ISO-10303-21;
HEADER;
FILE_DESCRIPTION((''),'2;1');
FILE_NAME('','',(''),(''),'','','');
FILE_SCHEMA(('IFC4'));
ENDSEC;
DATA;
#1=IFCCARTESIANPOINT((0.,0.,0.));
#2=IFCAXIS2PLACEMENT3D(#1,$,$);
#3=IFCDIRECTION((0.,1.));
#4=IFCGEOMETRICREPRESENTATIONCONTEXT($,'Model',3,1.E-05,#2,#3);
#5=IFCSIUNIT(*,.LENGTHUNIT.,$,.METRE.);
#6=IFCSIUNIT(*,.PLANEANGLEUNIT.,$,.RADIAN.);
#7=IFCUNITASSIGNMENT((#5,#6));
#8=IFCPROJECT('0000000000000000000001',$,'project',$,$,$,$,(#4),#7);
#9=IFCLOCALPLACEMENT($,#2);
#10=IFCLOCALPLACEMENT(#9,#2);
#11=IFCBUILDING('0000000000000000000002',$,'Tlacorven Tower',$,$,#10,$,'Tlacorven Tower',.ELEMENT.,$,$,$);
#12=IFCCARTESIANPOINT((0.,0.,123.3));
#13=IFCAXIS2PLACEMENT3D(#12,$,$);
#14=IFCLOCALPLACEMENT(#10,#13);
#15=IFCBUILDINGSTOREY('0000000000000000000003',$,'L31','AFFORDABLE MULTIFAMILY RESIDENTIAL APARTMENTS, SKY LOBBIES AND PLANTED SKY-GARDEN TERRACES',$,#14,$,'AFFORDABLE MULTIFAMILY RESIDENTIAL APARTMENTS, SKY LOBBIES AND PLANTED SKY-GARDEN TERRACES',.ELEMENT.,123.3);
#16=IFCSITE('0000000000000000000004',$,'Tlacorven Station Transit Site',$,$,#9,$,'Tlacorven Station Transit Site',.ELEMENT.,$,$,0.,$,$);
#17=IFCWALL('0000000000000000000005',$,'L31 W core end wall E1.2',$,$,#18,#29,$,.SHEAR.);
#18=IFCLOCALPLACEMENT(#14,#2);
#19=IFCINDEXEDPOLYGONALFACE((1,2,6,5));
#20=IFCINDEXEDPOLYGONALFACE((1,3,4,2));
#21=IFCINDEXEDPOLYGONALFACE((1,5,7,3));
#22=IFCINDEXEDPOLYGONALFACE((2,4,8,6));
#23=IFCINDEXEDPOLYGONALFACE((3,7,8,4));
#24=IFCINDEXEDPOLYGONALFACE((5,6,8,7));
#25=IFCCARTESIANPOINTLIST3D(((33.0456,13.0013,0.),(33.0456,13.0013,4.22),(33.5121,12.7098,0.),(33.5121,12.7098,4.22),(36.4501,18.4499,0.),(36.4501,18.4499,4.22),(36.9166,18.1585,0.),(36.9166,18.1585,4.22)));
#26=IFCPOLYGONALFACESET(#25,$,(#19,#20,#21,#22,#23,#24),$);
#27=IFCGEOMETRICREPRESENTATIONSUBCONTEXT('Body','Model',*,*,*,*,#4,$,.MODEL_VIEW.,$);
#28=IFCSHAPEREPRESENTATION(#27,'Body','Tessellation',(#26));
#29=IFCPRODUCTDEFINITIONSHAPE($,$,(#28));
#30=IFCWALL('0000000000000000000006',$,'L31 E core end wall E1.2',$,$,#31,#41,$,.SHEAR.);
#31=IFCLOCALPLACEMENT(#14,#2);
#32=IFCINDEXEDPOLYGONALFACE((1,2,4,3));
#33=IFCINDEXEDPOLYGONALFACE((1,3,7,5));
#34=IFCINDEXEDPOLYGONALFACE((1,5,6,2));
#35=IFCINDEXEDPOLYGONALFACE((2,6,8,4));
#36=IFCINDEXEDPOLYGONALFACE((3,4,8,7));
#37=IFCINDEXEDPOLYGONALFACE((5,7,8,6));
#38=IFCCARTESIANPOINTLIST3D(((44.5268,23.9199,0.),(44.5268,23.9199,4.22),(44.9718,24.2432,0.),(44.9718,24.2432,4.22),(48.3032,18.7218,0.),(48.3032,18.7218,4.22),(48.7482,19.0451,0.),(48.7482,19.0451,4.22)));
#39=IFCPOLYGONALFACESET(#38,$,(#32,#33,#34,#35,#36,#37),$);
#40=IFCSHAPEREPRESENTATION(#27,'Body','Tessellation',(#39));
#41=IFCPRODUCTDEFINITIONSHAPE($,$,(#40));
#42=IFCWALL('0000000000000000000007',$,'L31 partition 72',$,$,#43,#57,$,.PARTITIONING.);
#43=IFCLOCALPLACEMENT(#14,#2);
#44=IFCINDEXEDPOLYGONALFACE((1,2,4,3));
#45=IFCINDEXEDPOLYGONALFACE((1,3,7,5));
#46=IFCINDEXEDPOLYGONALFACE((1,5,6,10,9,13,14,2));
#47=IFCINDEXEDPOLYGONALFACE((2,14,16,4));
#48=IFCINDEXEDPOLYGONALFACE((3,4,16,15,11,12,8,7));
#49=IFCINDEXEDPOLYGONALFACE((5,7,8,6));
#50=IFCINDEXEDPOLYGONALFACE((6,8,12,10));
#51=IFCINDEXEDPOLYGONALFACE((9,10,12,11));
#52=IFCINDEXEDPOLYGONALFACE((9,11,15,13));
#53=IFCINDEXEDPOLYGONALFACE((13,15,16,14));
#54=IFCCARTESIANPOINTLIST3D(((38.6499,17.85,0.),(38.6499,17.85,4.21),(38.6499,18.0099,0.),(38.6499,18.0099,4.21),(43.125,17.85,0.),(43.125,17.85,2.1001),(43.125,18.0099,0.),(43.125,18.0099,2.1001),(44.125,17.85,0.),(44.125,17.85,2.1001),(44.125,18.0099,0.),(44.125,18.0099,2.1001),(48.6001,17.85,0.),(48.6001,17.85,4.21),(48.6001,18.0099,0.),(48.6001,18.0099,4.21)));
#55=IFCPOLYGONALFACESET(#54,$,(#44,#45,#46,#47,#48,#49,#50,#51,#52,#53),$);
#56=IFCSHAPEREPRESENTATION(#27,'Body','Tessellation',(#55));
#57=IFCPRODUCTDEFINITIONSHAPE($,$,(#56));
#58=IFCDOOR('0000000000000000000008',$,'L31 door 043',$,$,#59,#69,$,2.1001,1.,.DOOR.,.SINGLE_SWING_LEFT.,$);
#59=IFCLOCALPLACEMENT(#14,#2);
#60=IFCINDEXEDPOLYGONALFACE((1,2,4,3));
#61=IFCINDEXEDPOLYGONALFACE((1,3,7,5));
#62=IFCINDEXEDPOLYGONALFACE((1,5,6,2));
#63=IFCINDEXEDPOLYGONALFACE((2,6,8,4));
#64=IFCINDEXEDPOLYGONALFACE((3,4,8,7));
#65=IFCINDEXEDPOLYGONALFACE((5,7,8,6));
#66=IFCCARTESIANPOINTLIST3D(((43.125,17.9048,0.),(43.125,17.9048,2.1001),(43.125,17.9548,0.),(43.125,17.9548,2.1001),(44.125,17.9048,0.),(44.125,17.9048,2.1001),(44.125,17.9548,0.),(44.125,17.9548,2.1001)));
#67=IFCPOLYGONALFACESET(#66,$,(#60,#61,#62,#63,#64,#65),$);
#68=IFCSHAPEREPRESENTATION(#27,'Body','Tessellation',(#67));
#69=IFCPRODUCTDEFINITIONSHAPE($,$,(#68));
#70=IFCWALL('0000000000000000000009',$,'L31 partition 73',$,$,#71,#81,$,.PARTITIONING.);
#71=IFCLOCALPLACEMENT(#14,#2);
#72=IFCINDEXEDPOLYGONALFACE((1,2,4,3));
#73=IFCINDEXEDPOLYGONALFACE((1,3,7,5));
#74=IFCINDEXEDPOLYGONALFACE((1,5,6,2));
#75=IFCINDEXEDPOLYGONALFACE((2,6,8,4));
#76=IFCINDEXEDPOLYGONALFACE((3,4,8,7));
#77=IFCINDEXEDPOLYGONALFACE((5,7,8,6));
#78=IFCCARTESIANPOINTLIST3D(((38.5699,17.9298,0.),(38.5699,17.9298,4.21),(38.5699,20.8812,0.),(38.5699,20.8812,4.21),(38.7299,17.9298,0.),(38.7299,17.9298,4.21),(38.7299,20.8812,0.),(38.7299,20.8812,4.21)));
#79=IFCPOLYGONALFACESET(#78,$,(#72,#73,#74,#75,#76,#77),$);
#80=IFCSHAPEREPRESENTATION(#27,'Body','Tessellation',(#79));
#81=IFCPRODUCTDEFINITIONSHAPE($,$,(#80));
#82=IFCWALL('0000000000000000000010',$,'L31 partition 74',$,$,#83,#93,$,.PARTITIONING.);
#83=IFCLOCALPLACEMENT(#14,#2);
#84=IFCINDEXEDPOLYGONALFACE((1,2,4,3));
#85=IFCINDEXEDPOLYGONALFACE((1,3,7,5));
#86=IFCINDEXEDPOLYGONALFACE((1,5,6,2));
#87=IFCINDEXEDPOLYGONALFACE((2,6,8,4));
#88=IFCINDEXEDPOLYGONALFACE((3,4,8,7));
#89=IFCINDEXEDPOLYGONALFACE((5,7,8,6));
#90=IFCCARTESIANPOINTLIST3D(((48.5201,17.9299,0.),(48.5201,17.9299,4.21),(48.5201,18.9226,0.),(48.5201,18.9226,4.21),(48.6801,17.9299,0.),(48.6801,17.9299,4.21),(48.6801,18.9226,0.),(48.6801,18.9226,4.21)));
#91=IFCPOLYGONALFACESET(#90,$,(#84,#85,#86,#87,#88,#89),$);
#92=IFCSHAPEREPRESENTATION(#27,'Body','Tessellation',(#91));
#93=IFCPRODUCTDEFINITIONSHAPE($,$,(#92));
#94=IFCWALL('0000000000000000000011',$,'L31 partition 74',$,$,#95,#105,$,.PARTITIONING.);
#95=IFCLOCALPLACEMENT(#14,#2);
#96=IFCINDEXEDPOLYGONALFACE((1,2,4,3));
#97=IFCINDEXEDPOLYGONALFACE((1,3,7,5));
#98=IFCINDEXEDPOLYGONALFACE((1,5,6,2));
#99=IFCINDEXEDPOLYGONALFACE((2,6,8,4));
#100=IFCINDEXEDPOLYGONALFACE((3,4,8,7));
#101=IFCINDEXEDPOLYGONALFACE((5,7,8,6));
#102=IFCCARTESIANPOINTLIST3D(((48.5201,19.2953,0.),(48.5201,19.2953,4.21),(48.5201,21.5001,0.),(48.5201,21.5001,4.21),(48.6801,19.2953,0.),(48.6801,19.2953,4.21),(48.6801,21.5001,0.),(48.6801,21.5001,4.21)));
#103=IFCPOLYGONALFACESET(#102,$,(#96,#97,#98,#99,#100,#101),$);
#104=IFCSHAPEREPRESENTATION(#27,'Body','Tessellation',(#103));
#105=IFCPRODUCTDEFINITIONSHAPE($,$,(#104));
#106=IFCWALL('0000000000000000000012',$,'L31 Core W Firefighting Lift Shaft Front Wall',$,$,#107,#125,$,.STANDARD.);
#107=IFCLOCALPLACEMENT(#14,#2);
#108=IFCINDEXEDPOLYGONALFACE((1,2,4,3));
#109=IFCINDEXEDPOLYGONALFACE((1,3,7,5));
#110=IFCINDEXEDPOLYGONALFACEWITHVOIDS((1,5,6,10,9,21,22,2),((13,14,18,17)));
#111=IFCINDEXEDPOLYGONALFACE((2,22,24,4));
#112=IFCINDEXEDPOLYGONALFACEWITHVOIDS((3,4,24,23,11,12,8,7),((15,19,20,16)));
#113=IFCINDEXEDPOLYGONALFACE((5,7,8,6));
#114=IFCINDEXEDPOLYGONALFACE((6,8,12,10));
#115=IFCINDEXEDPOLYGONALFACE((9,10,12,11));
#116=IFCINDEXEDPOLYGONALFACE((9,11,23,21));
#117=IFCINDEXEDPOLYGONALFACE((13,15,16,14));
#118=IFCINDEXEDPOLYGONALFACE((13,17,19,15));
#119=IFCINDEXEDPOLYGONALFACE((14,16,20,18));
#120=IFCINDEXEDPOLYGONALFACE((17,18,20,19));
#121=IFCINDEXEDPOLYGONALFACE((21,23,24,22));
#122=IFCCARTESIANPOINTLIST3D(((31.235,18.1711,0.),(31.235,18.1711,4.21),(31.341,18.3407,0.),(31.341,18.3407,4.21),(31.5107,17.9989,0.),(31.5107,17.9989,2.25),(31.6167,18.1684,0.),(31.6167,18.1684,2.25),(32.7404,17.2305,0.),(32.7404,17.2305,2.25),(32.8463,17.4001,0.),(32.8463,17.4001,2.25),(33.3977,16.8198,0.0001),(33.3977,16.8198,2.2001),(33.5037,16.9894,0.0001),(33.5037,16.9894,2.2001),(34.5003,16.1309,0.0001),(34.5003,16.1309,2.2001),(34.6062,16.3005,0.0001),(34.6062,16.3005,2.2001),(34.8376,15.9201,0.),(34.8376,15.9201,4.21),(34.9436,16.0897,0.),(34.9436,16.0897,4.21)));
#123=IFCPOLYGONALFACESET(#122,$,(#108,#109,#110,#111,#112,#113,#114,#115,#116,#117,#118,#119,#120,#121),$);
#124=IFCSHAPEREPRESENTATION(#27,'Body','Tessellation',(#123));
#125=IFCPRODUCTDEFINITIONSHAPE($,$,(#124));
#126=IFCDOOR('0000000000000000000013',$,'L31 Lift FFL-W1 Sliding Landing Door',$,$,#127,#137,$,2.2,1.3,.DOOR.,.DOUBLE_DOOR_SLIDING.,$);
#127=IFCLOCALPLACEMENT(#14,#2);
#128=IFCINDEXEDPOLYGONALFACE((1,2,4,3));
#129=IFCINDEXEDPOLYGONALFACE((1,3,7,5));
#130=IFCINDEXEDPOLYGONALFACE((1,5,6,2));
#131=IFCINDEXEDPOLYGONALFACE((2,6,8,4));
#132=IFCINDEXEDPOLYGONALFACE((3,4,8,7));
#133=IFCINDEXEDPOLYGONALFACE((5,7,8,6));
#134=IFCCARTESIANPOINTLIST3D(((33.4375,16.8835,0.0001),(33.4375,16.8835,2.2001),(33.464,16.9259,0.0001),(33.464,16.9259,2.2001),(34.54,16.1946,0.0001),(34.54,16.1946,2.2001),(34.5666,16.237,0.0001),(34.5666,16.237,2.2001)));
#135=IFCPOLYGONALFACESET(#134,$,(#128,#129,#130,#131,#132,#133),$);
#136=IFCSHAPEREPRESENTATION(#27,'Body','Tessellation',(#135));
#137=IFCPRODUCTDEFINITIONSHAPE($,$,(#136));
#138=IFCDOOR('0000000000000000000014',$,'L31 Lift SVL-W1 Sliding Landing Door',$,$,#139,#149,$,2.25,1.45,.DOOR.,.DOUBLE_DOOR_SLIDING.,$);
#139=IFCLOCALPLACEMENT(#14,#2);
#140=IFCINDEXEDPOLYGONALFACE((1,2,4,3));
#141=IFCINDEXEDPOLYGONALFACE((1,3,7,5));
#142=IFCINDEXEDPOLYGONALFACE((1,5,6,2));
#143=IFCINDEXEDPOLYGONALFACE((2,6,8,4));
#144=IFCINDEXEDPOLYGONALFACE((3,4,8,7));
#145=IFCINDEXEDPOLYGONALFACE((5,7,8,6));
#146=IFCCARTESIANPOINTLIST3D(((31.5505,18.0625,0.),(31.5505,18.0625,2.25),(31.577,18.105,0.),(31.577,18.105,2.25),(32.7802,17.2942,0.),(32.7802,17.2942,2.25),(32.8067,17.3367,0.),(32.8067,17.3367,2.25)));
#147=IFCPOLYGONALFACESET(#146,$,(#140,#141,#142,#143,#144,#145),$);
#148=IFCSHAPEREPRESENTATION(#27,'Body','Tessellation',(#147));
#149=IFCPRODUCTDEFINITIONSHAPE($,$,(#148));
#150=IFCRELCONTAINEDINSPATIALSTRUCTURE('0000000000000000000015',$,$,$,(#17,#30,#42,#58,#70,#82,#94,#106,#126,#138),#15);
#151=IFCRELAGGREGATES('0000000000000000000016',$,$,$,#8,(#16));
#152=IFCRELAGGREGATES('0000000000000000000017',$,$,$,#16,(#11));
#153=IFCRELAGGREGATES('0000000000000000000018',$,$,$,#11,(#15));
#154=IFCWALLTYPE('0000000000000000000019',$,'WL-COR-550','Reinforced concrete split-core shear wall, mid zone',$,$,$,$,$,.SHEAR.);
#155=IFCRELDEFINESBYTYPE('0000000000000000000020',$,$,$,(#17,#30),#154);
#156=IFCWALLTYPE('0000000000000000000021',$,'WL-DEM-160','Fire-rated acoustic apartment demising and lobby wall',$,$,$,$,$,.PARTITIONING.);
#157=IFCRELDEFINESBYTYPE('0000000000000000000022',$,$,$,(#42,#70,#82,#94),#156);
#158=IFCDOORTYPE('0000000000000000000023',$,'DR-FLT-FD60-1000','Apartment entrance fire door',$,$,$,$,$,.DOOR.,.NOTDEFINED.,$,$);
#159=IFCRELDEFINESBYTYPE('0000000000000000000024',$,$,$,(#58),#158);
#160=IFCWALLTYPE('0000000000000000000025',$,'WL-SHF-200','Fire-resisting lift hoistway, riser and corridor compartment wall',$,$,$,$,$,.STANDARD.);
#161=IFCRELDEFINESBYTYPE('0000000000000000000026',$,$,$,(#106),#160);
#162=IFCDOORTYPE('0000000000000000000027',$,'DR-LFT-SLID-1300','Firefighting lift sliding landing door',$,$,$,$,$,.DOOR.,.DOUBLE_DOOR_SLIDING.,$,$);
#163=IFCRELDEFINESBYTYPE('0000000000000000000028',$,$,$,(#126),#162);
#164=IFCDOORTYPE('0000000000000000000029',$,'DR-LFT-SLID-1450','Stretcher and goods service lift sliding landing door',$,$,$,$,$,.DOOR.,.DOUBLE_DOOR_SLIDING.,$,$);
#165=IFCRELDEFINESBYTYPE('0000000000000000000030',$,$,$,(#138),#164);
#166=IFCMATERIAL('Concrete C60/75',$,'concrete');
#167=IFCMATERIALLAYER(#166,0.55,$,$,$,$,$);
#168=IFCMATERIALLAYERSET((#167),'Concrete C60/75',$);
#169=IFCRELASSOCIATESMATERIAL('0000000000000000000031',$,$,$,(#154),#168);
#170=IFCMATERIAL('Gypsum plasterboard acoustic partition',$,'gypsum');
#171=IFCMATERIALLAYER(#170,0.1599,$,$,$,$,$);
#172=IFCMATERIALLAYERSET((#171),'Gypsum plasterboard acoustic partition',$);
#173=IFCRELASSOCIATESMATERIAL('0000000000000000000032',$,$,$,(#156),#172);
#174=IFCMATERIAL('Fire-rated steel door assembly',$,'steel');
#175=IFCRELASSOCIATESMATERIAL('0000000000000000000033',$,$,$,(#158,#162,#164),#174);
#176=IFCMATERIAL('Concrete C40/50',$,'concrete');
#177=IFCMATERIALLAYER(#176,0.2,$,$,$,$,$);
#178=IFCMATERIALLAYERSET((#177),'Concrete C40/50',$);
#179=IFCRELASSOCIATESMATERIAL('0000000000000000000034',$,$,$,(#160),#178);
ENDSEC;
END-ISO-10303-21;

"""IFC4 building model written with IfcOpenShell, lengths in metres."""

from ifc_helpers import new_model, si_unit, direction, frame, frame_2d, origin, place, context, subcontext, project, spatial, rectangle, extrude, source, transform, mapped, material, layer, layer_set, type_object, element, fill, save


model = new_model("IFC4")

# Units and contexts
model_context = context("Model", 3, precision=1e-05, world=origin(), true_north=direction((0.0, 1.0)))
body_context = subcontext(model_context, "Body", "Model", "MODEL_VIEW")
ifc_project = project(units=[si_unit("LENGTHUNIT", "METRE"), si_unit("PLANEANGLEUNIT", "RADIAN")], contexts=[model_context])

# Site, building, storey
site_placement = place(None, origin())
site = spatial("IfcSite", under=ifc_project, at=site_placement, Name="Tlacorven Station Transit Site", LongName="Tlacorven Station Transit Site", CompositionType="ELEMENT", RefElevation=0.0)
building_placement = place(site_placement, origin())
building = spatial("IfcBuilding", under=site, at=building_placement, Name="Tlacorven Tower", LongName="Tlacorven Tower", CompositionType="ELEMENT")
storey_placement = place(building_placement, frame((0.0, 0.0, 123.3)))
storey = spatial("IfcBuildingStorey", under=building, at=storey_placement, Name="L31", Description="AFFORDABLE MULTIFAMILY RESIDENTIAL APARTMENTS, SKY LOBBIES AND PLANTED SKY-GARDEN TERRACES", LongName="AFFORDABLE MULTIFAMILY RESIDENTIAL APARTMENTS, SKY LOBBIES AND PLANTED SKY-GARDEN TERRACES", CompositionType="ELEMENT", Elevation=123.3)

# Walls
ifc_material_1 = material(Name="Concrete C60/75", Category="concrete")
ifc_layer_1 = layer(ifc_material_1, 0.55)
ifc_layer_set_1 = layer_set([ifc_layer_1], Name="Concrete C60/75")
wall_type_1 = type_object("IfcWallType", Name="WL-COR-550", Description="Reinforced concrete split-core shear wall, mid zone", PredefinedType="SHEAR", material=ifc_layer_set_1)
wall_1_placement = place(storey_placement, frame((36.6833, 18.3042, 0.0), z_axis=(0.0, 0.0, 1.0), x_axis=(-0.529896, -0.848062, 0.0)))
element("IfcWall", 1, at=wall_1_placement, inside=storey, type_object=wall_type_1, Name="L31 W core end wall E1.2", PredefinedType="SHEAR", context=body_context, shape_type="SweptSolid", body=[
    extrude(rectangle(XDim=6.4248, YDim=0.55, at=frame_2d((3.2124, 0.0))), origin(), (0.0, 0.0, 1.0), 4.22),
])
wall_2_placement = place(storey_placement, frame((48.5256, 18.8835, 0.0), z_axis=(0.0, 0.0, 1.0), x_axis=(-0.587765, 0.809032, 0.0)))
element("IfcWall", 2, at=wall_2_placement, inside=storey, type_object=wall_type_1, Name="L31 E core end wall E1.2", PredefinedType="SHEAR", context=body_context, shape_type="SweptSolid", body=[
    extrude(rectangle(XDim=6.425, YDim=0.55, at=frame_2d((3.2124, 0.0))), origin(), (0.0, 0.0, 1.0), 4.22),
])

# Wall, opening, door
ifc_material_2 = material(Name="Gypsum plasterboard acoustic partition", Category="gypsum")
ifc_layer_2 = layer(ifc_material_2, 0.1599)
ifc_layer_set_2 = layer_set([ifc_layer_2], Name="Gypsum plasterboard acoustic partition")
wall_type_2 = type_object("IfcWallType", Name="WL-DEM-160", Description="Fire-rated acoustic apartment demising and lobby wall", PredefinedType="PARTITIONING", material=ifc_layer_set_2)
wall_3_placement = place(storey_placement, frame((38.6499, 17.9299, 0.0), z_axis=(0.0, 0.0, 1.0), x_axis=(1.0, 0.0, 0.0)))
wall_3 = element("IfcWall", 3, at=wall_3_placement, inside=storey, type_object=wall_type_2, Name="L31 partition 72", PredefinedType="PARTITIONING", context=body_context, shape_type="SweptSolid", body=[
    extrude(rectangle(XDim=9.9502, YDim=0.1599, at=frame_2d((4.9751, 0.0))), origin(), (0.0, 0.0, 1.0), 4.21),
])
opening_1_placement = place(wall_3_placement, frame((4.4751, 0.0, 0.0)))
opening_1 = element("IfcOpeningElement", 4, at=opening_1_placement, cuts=wall_3, PredefinedType="OPENING", context=body_context, shape_type="SweptSolid", body=[
    extrude(rectangle(XDim=1.0, YDim=2.1001, at=frame_2d((0.5, 1.05))), frame((0.0, 0.0898, 0.0), z_axis=(0.0, -1.0, 0.0), x_axis=(1.0, 0.0, 0.0)), (0.0, 0.0, 1.0), 0.1799),
])
ifc_material_3 = material(Name="Fire-rated steel door assembly", Category="steel")
door_type_1 = type_object("IfcDoorType", Name="DR-FLT-FD60-1000", Description="Apartment entrance fire door", OperationType="NOTDEFINED", PredefinedType="DOOR", material=ifc_material_3)
shared_shape_1 = source(origin(), body_context, "Body", "SweptSolid", [
    extrude(rectangle(XDim=1.0, YDim=2.1001, at=frame_2d((0.5, 1.05))), frame((0.0, 0.0249, 0.0), z_axis=(0.0, -1.0, 0.0), x_axis=(1.0, 0.0, 0.0)), (0.0, 0.0, 1.0), 0.05),
])
door_1_placement = place(opening_1_placement, origin())
door_1 = element("IfcDoor", 5, at=door_1_placement, inside=storey, type_object=door_type_1, Name="L31 door 043", OperationType="SINGLE_SWING_LEFT", OverallHeight=2.1001, OverallWidth=1.0, PredefinedType="DOOR", context=body_context, shape_type="MappedRepresentation", body=[
    mapped(shared_shape_1, transform((0.0, 0.0, 0.0), scale=1.0)),
])
fill(opening_1, door_1)

# Walls
wall_4_placement = place(storey_placement, frame((38.6499, 17.9299, 0.0), z_axis=(0.0, 0.0, 1.0), x_axis=(0.0, 1.0, 0.0)))
element("IfcWall", 6, at=wall_4_placement, inside=storey, type_object=wall_type_2, Name="L31 partition 73", PredefinedType="PARTITIONING", context=body_context, shape_type="SweptSolid", body=[
    extrude(rectangle(XDim=2.9514, YDim=0.1599, at=frame_2d((1.4756, 0.0))), origin(), (0.0, 0.0, 1.0), 4.21),
])
wall_5_placement = place(storey_placement, frame((48.6001, 17.9299, 0.0), z_axis=(0.0, 0.0, 1.0), x_axis=(0.0, 1.0, 0.0)))
element("IfcWall", 7, at=wall_5_placement, inside=storey, type_object=wall_type_2, Name="L31 partition 74", PredefinedType="PARTITIONING", context=body_context, shape_type="SweptSolid", body=[
    extrude(rectangle(XDim=0.9927, YDim=0.1599, at=frame_2d((0.4963, 0.0))), origin(), (0.0, 0.0, 1.0), 4.21),
])
wall_6_placement = place(storey_placement, frame((48.6001, 19.2952, 0.0), z_axis=(0.0, 0.0, 1.0), x_axis=(0.0, 1.0, 0.0)))
element("IfcWall", 8, at=wall_6_placement, inside=storey, type_object=wall_type_2, Name="L31 partition 74", PredefinedType="PARTITIONING", context=body_context, shape_type="SweptSolid", body=[
    extrude(rectangle(XDim=2.2048, YDim=0.1599, at=frame_2d((1.1025, 0.0))), origin(), (0.0, 0.0, 1.0), 4.21),
])

# Wall, openings, doors
ifc_material_4 = material(Name="Concrete C40/50", Category="concrete")
ifc_layer_3 = layer(ifc_material_4, 0.2)
ifc_layer_set_3 = layer_set([ifc_layer_3], Name="Concrete C40/50")
wall_type_3 = type_object("IfcWallType", Name="WL-SHF-200", Description="Fire-resisting lift hoistway, riser and corridor compartment wall", PredefinedType="STANDARD", material=ifc_layer_set_3)
wall_7_placement = place(storey_placement, frame((34.8906, 16.0049, 0.0), z_axis=(0.0, 0.0, 1.0), x_axis=(-0.848063, 0.529896, 0.0)))
wall_7 = element("IfcWall", 9, at=wall_7_placement, inside=storey, type_object=wall_type_3, Name="L31 Core W Firefighting Lift Shaft Front Wall", PredefinedType="STANDARD", context=body_context, shape_type="SweptSolid", body=[
    extrude(rectangle(XDim=4.248, YDim=0.2, at=frame_2d((2.124, 0.0))), origin(), (0.0, 0.0, 1.0), 4.21),
])
opening_2_placement = place(wall_7_placement, frame((0.3979, 0.0, 0.0)))
opening_2 = element("IfcOpeningElement", 10, at=opening_2_placement, cuts=wall_7, PredefinedType="OPENING", context=body_context, shape_type="SweptSolid", body=[
    extrude(rectangle(XDim=1.3, YDim=2.2, at=frame_2d((0.6499, 1.1001))), frame((0.0, 0.1099, 0.0), z_axis=(0.0, -1.0, 0.0), x_axis=(1.0, 0.0, 0.0)), (0.0, 0.0, 1.0), 0.22),
])
opening_3_placement = place(wall_7_placement, frame((2.4729, 0.0, 0.0)))
opening_3 = element("IfcOpeningElement", 11, at=opening_3_placement, cuts=wall_7, PredefinedType="OPENING", context=body_context, shape_type="SweptSolid", body=[
    extrude(rectangle(XDim=1.45, YDim=2.25, at=frame_2d((0.7251, 1.125))), frame((0.0, 0.1099, 0.0), z_axis=(0.0, -1.0, 0.0), x_axis=(1.0, 0.0, 0.0)), (0.0, 0.0, 1.0), 0.22),
])
door_type_2 = type_object("IfcDoorType", Name="DR-LFT-SLID-1300", Description="Firefighting lift sliding landing door", OperationType="DOUBLE_DOOR_SLIDING", PredefinedType="DOOR", material=ifc_material_3)
shared_shape_2 = source(origin(), body_context, "Body", "SweptSolid", [
    extrude(rectangle(XDim=1.3, YDim=2.2, at=frame_2d((0.6499, 1.1001))), frame((0.0, 0.0249, 0.0), z_axis=(0.0, -1.0, 0.0), x_axis=(1.0, 0.0, 0.0)), (0.0, 0.0, 1.0), 0.05),
])
door_2_placement = place(opening_2_placement, origin())
door_2 = element("IfcDoor", 12, at=door_2_placement, inside=storey, type_object=door_type_2, Name="L31 Lift FFL-W1 Sliding Landing Door", OperationType="DOUBLE_DOOR_SLIDING", OverallHeight=2.2, OverallWidth=1.3, PredefinedType="DOOR", context=body_context, shape_type="MappedRepresentation", body=[
    mapped(shared_shape_2, transform((0.0, 0.0, 0.0), scale=1.0)),
])
fill(opening_2, door_2)
door_type_3 = type_object("IfcDoorType", Name="DR-LFT-SLID-1450", Description="Stretcher and goods service lift sliding landing door", OperationType="DOUBLE_DOOR_SLIDING", PredefinedType="DOOR", material=ifc_material_3)
shared_shape_3 = source(origin(), body_context, "Body", "SweptSolid", [
    extrude(rectangle(XDim=1.45, YDim=2.25, at=frame_2d((0.7251, 1.125))), frame((0.0, 0.0249, 0.0), z_axis=(0.0, -1.0, 0.0), x_axis=(1.0, 0.0, 0.0)), (0.0, 0.0, 1.0), 0.05),
])
door_3_placement = place(opening_3_placement, origin())
door_3 = element("IfcDoor", 13, at=door_3_placement, inside=storey, type_object=door_type_3, Name="L31 Lift SVL-W1 Sliding Landing Door", OperationType="DOUBLE_DOOR_SLIDING", OverallHeight=2.25, OverallWidth=1.45, PredefinedType="DOOR", context=body_context, shape_type="MappedRepresentation", body=[
    mapped(shared_shape_3, transform((0.0, 0.0, 0.0), scale=1.0)),
])
fill(opening_3, door_3)

save(model, "model.ifc")
